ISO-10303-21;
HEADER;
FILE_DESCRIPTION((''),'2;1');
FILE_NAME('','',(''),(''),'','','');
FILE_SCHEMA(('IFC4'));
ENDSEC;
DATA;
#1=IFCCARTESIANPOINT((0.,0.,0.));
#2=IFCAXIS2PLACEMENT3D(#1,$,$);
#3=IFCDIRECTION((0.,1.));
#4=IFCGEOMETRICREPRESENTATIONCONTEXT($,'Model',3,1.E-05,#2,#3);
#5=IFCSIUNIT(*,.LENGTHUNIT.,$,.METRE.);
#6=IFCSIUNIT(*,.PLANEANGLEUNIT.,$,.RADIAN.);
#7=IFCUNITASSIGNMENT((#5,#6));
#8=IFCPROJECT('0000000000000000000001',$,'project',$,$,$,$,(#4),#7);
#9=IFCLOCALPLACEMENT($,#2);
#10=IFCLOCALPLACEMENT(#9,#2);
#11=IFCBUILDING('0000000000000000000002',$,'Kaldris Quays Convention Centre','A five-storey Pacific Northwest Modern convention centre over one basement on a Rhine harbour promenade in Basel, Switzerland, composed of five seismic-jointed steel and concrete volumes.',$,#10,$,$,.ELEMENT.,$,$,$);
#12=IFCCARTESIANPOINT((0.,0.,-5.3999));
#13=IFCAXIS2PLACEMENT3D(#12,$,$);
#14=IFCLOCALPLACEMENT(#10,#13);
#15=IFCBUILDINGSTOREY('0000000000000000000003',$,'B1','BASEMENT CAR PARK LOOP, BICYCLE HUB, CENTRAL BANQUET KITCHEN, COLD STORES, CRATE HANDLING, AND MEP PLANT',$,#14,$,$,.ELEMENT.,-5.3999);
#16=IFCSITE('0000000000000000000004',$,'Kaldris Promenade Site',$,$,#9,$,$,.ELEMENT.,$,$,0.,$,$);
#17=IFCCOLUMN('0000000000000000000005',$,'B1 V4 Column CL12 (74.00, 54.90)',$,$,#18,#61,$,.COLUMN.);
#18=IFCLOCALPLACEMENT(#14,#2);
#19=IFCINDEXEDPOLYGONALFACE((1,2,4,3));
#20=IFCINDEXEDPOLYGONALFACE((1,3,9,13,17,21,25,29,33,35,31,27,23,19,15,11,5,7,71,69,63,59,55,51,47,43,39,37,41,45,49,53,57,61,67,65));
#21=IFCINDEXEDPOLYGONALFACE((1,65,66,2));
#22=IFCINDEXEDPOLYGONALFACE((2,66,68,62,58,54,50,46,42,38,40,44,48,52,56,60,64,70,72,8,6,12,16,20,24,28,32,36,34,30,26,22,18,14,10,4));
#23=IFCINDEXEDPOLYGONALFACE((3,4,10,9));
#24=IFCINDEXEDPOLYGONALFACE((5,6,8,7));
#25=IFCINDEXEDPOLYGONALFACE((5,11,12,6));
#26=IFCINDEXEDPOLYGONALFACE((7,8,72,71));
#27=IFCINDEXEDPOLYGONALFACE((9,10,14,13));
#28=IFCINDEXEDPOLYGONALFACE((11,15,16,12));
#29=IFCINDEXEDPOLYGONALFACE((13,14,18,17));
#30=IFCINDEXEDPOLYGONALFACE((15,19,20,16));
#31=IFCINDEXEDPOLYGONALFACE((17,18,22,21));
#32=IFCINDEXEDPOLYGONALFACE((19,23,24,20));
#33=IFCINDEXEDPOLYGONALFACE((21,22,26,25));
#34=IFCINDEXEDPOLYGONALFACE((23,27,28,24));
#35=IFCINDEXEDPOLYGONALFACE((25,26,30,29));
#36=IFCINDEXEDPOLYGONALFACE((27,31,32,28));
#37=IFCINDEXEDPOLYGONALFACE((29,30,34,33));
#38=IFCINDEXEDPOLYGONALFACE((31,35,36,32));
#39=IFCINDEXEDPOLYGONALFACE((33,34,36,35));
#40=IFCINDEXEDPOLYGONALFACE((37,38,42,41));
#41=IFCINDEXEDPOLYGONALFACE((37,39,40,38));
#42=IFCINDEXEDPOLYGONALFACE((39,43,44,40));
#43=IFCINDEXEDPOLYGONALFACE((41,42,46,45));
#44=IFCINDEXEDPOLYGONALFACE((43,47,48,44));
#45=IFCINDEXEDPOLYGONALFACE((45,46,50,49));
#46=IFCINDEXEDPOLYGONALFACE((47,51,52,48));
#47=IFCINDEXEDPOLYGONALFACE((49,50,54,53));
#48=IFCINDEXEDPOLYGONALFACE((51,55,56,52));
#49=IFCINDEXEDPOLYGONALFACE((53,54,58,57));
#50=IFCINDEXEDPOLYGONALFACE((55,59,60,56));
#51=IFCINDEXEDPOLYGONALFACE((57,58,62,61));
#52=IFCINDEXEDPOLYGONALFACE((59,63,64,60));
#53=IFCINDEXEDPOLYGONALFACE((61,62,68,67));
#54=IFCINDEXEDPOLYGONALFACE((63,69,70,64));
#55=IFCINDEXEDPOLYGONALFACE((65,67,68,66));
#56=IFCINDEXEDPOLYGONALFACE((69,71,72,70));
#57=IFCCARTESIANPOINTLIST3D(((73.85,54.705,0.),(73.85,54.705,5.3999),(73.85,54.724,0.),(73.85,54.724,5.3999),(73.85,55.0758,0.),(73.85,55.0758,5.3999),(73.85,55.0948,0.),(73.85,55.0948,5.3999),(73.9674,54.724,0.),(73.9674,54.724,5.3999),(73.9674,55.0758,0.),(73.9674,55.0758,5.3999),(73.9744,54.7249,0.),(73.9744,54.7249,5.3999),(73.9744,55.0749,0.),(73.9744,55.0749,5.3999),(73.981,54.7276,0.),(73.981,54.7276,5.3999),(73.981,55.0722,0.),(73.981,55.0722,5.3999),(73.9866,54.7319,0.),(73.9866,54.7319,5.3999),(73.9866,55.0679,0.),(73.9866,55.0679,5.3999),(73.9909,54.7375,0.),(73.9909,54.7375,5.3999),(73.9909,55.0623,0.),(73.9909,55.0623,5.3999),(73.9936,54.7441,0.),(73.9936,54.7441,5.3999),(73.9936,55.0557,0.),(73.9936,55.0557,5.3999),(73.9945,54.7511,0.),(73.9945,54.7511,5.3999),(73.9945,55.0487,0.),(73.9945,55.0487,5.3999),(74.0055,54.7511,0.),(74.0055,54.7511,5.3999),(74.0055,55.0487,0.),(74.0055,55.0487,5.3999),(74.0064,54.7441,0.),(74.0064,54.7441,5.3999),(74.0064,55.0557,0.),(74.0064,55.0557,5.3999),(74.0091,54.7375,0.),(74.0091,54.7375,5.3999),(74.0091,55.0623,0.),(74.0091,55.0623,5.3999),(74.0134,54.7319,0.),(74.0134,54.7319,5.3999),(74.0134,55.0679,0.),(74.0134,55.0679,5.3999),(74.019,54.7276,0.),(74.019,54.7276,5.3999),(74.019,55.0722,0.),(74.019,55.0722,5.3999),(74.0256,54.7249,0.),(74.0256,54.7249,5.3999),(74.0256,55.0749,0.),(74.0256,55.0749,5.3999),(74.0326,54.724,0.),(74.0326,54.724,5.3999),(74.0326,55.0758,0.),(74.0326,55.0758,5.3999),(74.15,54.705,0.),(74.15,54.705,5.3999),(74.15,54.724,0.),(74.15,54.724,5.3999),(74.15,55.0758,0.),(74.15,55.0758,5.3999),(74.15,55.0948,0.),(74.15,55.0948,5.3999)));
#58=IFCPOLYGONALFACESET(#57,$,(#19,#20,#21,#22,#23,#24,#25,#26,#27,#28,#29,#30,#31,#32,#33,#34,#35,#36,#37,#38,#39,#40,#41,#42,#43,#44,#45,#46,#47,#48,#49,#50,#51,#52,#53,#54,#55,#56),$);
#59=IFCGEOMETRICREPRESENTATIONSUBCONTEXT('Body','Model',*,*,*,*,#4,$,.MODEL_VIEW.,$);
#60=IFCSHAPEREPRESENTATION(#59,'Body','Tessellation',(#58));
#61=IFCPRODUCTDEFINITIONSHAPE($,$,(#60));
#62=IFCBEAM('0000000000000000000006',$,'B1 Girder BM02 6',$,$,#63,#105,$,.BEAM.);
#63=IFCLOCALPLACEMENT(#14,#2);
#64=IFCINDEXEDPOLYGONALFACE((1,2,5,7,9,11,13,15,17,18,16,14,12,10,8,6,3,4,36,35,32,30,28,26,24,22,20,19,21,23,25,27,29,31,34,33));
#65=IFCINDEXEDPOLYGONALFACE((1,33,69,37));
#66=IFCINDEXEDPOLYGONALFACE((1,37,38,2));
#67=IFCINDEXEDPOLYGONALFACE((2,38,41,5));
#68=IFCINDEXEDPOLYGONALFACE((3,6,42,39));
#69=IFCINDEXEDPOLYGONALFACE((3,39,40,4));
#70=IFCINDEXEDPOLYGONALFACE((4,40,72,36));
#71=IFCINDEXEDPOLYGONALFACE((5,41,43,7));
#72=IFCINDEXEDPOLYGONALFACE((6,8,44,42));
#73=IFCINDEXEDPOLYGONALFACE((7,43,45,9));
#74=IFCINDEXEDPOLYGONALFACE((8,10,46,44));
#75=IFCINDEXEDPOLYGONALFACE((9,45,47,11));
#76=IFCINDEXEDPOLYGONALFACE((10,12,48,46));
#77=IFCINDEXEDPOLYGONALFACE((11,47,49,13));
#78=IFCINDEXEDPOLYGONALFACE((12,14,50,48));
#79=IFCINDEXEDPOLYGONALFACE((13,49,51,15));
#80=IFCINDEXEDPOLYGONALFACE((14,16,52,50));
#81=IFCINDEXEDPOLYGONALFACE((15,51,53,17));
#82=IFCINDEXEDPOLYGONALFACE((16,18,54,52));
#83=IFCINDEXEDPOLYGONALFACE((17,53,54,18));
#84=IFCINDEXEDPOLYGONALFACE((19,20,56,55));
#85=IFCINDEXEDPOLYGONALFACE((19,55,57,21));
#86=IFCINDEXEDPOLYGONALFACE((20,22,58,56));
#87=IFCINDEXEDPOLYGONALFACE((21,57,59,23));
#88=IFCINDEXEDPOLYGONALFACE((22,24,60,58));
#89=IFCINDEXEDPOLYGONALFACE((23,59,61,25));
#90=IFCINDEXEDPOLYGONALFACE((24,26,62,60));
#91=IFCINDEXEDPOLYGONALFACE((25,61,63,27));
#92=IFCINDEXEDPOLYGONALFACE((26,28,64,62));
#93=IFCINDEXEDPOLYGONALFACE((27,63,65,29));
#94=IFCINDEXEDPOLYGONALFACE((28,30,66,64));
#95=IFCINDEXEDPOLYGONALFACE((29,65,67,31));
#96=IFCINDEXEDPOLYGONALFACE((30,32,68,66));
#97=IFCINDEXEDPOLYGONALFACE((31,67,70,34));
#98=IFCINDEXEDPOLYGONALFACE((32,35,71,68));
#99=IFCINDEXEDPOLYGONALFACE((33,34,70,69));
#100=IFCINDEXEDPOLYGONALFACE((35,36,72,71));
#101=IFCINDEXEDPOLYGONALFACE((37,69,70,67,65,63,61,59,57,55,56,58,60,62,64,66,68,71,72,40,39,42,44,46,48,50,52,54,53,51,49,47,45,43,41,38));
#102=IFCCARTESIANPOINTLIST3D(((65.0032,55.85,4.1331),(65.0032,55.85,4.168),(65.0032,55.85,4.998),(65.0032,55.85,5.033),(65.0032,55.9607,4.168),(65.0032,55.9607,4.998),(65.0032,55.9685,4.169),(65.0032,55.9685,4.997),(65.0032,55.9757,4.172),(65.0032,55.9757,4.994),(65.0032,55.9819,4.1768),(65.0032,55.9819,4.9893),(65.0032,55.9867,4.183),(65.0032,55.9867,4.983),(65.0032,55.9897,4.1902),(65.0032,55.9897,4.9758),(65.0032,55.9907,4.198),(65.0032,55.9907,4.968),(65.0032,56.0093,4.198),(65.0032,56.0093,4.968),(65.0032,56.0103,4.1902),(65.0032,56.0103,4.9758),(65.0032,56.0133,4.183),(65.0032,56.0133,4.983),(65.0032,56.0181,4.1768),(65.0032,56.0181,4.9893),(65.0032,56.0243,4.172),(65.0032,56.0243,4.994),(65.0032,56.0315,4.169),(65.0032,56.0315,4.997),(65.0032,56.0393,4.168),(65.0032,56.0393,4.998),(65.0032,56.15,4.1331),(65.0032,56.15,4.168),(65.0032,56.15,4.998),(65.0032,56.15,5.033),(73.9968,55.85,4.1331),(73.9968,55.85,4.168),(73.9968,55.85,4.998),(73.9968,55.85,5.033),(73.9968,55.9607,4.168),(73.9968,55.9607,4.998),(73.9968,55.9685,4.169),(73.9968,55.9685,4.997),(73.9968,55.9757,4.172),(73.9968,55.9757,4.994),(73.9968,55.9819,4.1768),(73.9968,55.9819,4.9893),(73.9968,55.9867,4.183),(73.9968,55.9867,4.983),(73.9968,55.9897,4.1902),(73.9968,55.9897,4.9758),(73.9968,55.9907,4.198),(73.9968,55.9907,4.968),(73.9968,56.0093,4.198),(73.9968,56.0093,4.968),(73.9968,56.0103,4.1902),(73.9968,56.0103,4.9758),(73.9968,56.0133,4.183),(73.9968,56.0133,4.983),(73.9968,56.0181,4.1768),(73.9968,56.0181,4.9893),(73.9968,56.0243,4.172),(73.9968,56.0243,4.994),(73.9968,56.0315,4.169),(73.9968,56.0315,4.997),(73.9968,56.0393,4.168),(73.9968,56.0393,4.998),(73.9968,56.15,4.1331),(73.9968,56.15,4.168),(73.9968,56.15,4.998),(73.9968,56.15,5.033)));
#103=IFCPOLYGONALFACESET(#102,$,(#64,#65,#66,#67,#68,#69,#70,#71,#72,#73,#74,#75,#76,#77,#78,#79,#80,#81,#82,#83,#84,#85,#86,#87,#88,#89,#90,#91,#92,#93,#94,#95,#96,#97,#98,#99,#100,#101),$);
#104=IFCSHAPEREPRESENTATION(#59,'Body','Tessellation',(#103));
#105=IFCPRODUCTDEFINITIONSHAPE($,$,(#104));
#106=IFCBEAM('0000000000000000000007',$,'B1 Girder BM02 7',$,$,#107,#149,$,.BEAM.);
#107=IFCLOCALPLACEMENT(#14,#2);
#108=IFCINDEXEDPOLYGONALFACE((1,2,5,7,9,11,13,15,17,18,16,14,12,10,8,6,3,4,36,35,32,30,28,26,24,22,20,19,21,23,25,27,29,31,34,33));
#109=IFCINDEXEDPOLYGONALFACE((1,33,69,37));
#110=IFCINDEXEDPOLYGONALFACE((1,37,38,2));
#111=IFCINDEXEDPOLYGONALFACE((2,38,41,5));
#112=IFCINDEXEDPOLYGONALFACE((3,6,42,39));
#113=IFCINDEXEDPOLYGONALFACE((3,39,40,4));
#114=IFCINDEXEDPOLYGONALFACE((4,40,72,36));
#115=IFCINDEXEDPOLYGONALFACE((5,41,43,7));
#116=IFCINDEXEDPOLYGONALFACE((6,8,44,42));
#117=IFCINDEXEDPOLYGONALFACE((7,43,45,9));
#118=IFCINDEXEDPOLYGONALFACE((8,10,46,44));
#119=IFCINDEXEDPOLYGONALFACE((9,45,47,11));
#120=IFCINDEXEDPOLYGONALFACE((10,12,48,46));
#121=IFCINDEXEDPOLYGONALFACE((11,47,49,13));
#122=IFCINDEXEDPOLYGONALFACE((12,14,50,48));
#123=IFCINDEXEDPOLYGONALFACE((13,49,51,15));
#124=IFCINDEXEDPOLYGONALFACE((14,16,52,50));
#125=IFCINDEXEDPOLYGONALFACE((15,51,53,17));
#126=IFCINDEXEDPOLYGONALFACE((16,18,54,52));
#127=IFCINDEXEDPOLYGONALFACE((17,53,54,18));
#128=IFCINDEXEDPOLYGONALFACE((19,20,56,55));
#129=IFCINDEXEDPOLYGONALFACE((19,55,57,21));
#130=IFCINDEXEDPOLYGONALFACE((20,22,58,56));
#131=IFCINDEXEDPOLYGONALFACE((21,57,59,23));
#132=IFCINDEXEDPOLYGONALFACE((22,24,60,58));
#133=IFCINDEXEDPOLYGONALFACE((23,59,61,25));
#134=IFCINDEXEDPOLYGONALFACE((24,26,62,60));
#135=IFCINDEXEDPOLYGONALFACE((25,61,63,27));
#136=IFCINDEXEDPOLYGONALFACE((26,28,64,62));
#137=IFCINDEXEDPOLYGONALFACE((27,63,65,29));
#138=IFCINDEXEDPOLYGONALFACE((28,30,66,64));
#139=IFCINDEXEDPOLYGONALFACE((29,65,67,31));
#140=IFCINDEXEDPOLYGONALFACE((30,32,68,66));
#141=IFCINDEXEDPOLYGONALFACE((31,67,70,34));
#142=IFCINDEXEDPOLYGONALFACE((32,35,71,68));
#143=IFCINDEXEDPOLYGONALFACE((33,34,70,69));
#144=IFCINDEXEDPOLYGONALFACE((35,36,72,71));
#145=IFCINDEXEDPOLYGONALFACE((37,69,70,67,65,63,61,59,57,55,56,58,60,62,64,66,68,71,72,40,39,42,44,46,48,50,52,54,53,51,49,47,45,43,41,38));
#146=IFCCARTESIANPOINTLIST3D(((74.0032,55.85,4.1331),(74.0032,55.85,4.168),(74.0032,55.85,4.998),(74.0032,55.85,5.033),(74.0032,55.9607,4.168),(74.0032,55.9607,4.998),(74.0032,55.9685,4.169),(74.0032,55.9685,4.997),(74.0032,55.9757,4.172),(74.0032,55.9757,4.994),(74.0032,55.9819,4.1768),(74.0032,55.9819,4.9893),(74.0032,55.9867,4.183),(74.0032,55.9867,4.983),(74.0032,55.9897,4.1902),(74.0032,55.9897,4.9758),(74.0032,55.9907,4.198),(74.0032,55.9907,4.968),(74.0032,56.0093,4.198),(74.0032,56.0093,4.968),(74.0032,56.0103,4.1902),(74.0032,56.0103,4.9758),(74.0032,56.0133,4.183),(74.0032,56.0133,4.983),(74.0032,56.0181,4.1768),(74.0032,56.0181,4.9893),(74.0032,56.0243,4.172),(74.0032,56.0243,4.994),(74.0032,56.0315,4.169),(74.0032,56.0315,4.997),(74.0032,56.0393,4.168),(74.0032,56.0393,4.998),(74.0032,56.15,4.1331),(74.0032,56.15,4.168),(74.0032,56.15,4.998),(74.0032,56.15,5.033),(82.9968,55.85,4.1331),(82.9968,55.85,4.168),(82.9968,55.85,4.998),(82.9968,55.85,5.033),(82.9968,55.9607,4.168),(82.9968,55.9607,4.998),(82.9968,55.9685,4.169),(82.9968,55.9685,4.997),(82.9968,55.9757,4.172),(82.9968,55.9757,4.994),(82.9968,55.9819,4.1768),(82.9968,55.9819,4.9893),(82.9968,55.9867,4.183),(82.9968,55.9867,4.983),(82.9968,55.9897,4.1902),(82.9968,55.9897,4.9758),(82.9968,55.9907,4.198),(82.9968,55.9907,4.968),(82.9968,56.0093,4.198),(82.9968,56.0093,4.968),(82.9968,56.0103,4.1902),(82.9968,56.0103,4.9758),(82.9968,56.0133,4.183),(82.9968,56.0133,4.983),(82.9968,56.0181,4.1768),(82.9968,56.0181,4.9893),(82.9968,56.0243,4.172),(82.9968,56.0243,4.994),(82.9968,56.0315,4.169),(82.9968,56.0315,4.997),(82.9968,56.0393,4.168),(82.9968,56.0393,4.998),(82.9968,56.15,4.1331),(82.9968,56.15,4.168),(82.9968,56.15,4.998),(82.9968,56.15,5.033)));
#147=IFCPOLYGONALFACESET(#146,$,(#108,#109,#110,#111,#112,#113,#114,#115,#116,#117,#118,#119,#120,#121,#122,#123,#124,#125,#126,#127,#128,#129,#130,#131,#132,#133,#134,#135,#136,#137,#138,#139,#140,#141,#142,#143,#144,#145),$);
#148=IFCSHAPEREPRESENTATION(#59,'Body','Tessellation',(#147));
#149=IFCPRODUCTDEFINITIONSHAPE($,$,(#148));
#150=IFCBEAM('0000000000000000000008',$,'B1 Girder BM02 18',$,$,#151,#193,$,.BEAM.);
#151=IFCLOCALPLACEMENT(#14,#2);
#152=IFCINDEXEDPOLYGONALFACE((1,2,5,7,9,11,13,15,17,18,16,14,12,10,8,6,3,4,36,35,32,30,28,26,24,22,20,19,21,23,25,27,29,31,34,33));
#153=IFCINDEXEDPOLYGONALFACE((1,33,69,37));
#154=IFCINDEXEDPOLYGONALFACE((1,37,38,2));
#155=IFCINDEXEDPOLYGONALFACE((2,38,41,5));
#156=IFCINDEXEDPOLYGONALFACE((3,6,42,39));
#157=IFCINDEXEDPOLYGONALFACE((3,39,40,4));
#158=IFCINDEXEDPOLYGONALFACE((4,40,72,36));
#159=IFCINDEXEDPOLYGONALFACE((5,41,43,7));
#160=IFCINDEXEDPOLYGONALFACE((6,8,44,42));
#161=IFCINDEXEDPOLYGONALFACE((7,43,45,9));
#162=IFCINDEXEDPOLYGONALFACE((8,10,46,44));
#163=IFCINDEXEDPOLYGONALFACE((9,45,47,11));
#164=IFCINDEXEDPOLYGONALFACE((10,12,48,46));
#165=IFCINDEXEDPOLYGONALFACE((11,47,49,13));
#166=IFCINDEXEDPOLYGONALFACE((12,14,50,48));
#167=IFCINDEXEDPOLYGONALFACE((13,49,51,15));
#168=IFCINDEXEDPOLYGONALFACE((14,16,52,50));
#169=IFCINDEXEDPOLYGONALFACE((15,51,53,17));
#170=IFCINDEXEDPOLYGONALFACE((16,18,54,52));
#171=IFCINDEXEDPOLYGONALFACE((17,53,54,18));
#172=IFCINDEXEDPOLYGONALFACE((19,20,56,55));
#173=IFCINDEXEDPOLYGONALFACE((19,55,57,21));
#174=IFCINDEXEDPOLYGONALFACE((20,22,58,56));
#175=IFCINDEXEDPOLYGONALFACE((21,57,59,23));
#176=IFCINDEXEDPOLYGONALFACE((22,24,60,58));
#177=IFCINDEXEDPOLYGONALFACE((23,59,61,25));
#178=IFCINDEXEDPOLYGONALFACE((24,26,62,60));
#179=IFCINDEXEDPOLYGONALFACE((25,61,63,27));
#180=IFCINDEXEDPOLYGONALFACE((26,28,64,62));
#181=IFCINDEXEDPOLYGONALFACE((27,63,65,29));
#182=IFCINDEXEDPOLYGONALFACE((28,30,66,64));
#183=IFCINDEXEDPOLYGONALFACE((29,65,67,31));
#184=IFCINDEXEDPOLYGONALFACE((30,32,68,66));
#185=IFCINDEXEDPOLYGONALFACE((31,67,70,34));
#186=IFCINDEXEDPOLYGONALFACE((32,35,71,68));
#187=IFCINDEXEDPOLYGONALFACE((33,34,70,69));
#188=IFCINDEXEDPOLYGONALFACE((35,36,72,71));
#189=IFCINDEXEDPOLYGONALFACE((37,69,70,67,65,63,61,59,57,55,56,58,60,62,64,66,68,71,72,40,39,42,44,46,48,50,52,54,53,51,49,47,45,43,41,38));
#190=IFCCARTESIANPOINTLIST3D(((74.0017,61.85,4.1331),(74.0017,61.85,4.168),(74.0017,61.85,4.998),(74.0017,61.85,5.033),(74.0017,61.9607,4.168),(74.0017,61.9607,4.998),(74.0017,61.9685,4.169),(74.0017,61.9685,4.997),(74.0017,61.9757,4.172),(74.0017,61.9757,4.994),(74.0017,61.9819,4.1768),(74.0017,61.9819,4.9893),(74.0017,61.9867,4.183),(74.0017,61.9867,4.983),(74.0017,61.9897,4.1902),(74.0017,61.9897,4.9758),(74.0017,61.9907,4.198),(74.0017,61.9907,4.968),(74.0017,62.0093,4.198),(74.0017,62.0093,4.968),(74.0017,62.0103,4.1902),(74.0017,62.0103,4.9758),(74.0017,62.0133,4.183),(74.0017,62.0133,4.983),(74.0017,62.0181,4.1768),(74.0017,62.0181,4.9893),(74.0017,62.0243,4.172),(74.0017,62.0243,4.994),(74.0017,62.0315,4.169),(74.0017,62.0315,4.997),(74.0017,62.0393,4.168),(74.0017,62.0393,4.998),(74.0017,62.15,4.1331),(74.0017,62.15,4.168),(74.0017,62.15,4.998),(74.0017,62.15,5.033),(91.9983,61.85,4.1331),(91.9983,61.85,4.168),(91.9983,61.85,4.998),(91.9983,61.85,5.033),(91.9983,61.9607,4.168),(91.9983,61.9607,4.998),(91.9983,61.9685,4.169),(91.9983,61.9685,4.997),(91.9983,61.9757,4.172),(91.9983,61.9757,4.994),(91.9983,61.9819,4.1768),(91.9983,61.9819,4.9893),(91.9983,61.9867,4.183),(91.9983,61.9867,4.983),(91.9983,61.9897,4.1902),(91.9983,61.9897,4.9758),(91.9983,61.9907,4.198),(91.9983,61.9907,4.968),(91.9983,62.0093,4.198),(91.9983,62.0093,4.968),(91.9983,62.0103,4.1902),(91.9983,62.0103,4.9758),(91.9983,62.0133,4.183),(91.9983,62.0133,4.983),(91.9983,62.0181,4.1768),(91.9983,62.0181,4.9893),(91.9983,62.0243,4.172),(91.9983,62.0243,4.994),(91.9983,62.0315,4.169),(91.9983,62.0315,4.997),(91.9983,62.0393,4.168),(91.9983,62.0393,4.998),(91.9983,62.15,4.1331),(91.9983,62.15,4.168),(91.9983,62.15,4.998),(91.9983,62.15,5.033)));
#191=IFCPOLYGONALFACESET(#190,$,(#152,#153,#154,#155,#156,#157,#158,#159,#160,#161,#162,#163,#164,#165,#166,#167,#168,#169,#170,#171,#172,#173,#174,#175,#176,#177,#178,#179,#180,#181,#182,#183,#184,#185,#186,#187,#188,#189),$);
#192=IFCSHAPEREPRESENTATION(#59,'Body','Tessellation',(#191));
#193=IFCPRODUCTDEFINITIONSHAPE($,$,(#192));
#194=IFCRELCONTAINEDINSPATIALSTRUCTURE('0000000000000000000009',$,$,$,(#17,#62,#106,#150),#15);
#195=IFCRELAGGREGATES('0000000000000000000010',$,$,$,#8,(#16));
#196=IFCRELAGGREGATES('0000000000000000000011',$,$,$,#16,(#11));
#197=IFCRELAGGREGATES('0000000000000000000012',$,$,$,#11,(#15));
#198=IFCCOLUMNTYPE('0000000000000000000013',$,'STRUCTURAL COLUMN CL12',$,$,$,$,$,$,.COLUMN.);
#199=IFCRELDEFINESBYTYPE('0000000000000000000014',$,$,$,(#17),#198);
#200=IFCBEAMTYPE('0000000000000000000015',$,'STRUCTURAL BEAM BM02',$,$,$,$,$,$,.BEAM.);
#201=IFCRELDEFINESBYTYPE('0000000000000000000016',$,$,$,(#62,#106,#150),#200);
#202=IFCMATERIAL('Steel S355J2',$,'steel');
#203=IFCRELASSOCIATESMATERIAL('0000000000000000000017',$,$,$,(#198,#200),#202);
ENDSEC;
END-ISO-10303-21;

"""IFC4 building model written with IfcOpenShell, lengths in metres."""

from ifc_helpers import new_model, si_unit, direction, frame, origin, origin_2d, place, context, subcontext, project, spatial, i_section, extrude, material, material_profile, profile_set, type_object, element, save


model = new_model("IFC4")

# Units and contexts
model_context = context("Model", 3, precision=1e-05, world=origin(), true_north=direction((0.0, 1.0)))
body_context = subcontext(model_context, "Body", "Model", "MODEL_VIEW")
ifc_project = project(units=[si_unit("LENGTHUNIT", "METRE"), si_unit("PLANEANGLEUNIT", "RADIAN")], contexts=[model_context])

# Site, building, storey
site_placement = place(None, origin())
site = spatial("IfcSite", under=ifc_project, at=site_placement, Name="Kaldris Promenade Site", CompositionType="ELEMENT", RefElevation=0.0)
building_placement = place(site_placement, origin())
building = spatial("IfcBuilding", under=site, at=building_placement, Name="Kaldris Quays Convention Centre", Description="A five-storey Pacific Northwest Modern convention centre over one basement on a Rhine harbour promenade in Basel, Switzerland, composed of five seismic-jointed steel and concrete volumes.", CompositionType="ELEMENT")
storey_placement = place(building_placement, frame((0.0, 0.0, -5.3999)))
storey = spatial("IfcBuildingStorey", under=building, at=storey_placement, Name="B1", Description="BASEMENT CAR PARK LOOP, BICYCLE HUB, CENTRAL BANQUET KITCHEN, COLD STORES, CRATE HANDLING, AND MEP PLANT", CompositionType="ELEMENT", Elevation=-5.3999)

# Column
ifc_material_1 = material(Name="Steel S355J2", Category="steel")
ifc_material_profile_1 = material_profile(ifc_material_1, i_section(OverallWidth=0.3, OverallDepth=0.3899, WebThickness=0.011, FlangeThickness=0.019, FilletRadius=0.0271, at=origin_2d()), Name="HEA 400")
ifc_profile_set_1 = profile_set([ifc_material_profile_1], Name="Steel S355J2")
column_type_1 = type_object("IfcColumnType", Name="STRUCTURAL COLUMN CL12", PredefinedType="COLUMN", material=ifc_profile_set_1)
for number, where, z_axis, x_axis, name in (
    (1, (74.0, 54.8999, 0.0), (0.0, 0.0, 1.0), (1.0, 0.0, 0.0), "B1 V4 Column CL12 (74.00, 54.90)"),
):
    element("IfcColumn", number, at=place(storey_placement, frame(where, z_axis=z_axis, x_axis=x_axis)), inside=storey, type_object=column_type_1, Name=name, PredefinedType="COLUMN", context=body_context, shape_type="SweptSolid", body=[
        extrude(i_section(OverallWidth=0.3, OverallDepth=0.3899, WebThickness=0.011, FlangeThickness=0.019, FilletRadius=0.0271, at=origin_2d()), origin(), (0.0, 0.0, 1.0), 5.3999),
    ])

# Beams
ifc_material_profile_2 = material_profile(ifc_material_1, i_section(OverallWidth=0.3, OverallDepth=0.8999, WebThickness=0.0186, FlangeThickness=0.0349, FilletRadius=0.03, at=origin_2d()), Name="HEB 900")
ifc_profile_set_2 = profile_set([ifc_material_profile_2], Name="Steel S355J2")
beam_type_1 = type_object("IfcBeamType", Name="STRUCTURAL BEAM BM02", PredefinedType="BEAM", material=ifc_profile_set_2)
for number, where, z_axis, x_axis, name in (
    (2, (65.0032, 56.0, 4.583), (1.0, 0.0, 0.0), (0.0, 1.0, 0.0), "B1 Girder BM02 6"),
    (3, (74.0032, 56.0, 4.583), (1.0, 0.0, 0.0), (0.0, 1.0, 0.0), "B1 Girder BM02 7"),
):
    element("IfcBeam", number, at=place(storey_placement, frame(where, z_axis=z_axis, x_axis=x_axis)), inside=storey, type_object=beam_type_1, Name=name, PredefinedType="BEAM", context=body_context, shape_type="SweptSolid", body=[
        extrude(i_section(OverallWidth=0.3, OverallDepth=0.8999, WebThickness=0.0186, FlangeThickness=0.0349, FilletRadius=0.03, at=origin_2d()), origin(), (0.0, 0.0, 1.0), 8.9937),
    ])
for number, where, z_axis, x_axis, name in (
    (4, (74.0017, 62.0, 4.583), (1.0, 0.0, 0.0), (0.0, 1.0, 0.0), "B1 Girder BM02 18"),
):
    element("IfcBeam", number, at=place(storey_placement, frame(where, z_axis=z_axis, x_axis=x_axis)), inside=storey, type_object=beam_type_1, Name=name, PredefinedType="BEAM", context=body_context, shape_type="SweptSolid", body=[
        extrude(i_section(OverallWidth=0.3, OverallDepth=0.8999, WebThickness=0.0186, FlangeThickness=0.0349, FilletRadius=0.03, at=origin_2d()), origin(), (0.0, 0.0, 1.0), 17.9966),
    ])

save(model, "model.ifc")
